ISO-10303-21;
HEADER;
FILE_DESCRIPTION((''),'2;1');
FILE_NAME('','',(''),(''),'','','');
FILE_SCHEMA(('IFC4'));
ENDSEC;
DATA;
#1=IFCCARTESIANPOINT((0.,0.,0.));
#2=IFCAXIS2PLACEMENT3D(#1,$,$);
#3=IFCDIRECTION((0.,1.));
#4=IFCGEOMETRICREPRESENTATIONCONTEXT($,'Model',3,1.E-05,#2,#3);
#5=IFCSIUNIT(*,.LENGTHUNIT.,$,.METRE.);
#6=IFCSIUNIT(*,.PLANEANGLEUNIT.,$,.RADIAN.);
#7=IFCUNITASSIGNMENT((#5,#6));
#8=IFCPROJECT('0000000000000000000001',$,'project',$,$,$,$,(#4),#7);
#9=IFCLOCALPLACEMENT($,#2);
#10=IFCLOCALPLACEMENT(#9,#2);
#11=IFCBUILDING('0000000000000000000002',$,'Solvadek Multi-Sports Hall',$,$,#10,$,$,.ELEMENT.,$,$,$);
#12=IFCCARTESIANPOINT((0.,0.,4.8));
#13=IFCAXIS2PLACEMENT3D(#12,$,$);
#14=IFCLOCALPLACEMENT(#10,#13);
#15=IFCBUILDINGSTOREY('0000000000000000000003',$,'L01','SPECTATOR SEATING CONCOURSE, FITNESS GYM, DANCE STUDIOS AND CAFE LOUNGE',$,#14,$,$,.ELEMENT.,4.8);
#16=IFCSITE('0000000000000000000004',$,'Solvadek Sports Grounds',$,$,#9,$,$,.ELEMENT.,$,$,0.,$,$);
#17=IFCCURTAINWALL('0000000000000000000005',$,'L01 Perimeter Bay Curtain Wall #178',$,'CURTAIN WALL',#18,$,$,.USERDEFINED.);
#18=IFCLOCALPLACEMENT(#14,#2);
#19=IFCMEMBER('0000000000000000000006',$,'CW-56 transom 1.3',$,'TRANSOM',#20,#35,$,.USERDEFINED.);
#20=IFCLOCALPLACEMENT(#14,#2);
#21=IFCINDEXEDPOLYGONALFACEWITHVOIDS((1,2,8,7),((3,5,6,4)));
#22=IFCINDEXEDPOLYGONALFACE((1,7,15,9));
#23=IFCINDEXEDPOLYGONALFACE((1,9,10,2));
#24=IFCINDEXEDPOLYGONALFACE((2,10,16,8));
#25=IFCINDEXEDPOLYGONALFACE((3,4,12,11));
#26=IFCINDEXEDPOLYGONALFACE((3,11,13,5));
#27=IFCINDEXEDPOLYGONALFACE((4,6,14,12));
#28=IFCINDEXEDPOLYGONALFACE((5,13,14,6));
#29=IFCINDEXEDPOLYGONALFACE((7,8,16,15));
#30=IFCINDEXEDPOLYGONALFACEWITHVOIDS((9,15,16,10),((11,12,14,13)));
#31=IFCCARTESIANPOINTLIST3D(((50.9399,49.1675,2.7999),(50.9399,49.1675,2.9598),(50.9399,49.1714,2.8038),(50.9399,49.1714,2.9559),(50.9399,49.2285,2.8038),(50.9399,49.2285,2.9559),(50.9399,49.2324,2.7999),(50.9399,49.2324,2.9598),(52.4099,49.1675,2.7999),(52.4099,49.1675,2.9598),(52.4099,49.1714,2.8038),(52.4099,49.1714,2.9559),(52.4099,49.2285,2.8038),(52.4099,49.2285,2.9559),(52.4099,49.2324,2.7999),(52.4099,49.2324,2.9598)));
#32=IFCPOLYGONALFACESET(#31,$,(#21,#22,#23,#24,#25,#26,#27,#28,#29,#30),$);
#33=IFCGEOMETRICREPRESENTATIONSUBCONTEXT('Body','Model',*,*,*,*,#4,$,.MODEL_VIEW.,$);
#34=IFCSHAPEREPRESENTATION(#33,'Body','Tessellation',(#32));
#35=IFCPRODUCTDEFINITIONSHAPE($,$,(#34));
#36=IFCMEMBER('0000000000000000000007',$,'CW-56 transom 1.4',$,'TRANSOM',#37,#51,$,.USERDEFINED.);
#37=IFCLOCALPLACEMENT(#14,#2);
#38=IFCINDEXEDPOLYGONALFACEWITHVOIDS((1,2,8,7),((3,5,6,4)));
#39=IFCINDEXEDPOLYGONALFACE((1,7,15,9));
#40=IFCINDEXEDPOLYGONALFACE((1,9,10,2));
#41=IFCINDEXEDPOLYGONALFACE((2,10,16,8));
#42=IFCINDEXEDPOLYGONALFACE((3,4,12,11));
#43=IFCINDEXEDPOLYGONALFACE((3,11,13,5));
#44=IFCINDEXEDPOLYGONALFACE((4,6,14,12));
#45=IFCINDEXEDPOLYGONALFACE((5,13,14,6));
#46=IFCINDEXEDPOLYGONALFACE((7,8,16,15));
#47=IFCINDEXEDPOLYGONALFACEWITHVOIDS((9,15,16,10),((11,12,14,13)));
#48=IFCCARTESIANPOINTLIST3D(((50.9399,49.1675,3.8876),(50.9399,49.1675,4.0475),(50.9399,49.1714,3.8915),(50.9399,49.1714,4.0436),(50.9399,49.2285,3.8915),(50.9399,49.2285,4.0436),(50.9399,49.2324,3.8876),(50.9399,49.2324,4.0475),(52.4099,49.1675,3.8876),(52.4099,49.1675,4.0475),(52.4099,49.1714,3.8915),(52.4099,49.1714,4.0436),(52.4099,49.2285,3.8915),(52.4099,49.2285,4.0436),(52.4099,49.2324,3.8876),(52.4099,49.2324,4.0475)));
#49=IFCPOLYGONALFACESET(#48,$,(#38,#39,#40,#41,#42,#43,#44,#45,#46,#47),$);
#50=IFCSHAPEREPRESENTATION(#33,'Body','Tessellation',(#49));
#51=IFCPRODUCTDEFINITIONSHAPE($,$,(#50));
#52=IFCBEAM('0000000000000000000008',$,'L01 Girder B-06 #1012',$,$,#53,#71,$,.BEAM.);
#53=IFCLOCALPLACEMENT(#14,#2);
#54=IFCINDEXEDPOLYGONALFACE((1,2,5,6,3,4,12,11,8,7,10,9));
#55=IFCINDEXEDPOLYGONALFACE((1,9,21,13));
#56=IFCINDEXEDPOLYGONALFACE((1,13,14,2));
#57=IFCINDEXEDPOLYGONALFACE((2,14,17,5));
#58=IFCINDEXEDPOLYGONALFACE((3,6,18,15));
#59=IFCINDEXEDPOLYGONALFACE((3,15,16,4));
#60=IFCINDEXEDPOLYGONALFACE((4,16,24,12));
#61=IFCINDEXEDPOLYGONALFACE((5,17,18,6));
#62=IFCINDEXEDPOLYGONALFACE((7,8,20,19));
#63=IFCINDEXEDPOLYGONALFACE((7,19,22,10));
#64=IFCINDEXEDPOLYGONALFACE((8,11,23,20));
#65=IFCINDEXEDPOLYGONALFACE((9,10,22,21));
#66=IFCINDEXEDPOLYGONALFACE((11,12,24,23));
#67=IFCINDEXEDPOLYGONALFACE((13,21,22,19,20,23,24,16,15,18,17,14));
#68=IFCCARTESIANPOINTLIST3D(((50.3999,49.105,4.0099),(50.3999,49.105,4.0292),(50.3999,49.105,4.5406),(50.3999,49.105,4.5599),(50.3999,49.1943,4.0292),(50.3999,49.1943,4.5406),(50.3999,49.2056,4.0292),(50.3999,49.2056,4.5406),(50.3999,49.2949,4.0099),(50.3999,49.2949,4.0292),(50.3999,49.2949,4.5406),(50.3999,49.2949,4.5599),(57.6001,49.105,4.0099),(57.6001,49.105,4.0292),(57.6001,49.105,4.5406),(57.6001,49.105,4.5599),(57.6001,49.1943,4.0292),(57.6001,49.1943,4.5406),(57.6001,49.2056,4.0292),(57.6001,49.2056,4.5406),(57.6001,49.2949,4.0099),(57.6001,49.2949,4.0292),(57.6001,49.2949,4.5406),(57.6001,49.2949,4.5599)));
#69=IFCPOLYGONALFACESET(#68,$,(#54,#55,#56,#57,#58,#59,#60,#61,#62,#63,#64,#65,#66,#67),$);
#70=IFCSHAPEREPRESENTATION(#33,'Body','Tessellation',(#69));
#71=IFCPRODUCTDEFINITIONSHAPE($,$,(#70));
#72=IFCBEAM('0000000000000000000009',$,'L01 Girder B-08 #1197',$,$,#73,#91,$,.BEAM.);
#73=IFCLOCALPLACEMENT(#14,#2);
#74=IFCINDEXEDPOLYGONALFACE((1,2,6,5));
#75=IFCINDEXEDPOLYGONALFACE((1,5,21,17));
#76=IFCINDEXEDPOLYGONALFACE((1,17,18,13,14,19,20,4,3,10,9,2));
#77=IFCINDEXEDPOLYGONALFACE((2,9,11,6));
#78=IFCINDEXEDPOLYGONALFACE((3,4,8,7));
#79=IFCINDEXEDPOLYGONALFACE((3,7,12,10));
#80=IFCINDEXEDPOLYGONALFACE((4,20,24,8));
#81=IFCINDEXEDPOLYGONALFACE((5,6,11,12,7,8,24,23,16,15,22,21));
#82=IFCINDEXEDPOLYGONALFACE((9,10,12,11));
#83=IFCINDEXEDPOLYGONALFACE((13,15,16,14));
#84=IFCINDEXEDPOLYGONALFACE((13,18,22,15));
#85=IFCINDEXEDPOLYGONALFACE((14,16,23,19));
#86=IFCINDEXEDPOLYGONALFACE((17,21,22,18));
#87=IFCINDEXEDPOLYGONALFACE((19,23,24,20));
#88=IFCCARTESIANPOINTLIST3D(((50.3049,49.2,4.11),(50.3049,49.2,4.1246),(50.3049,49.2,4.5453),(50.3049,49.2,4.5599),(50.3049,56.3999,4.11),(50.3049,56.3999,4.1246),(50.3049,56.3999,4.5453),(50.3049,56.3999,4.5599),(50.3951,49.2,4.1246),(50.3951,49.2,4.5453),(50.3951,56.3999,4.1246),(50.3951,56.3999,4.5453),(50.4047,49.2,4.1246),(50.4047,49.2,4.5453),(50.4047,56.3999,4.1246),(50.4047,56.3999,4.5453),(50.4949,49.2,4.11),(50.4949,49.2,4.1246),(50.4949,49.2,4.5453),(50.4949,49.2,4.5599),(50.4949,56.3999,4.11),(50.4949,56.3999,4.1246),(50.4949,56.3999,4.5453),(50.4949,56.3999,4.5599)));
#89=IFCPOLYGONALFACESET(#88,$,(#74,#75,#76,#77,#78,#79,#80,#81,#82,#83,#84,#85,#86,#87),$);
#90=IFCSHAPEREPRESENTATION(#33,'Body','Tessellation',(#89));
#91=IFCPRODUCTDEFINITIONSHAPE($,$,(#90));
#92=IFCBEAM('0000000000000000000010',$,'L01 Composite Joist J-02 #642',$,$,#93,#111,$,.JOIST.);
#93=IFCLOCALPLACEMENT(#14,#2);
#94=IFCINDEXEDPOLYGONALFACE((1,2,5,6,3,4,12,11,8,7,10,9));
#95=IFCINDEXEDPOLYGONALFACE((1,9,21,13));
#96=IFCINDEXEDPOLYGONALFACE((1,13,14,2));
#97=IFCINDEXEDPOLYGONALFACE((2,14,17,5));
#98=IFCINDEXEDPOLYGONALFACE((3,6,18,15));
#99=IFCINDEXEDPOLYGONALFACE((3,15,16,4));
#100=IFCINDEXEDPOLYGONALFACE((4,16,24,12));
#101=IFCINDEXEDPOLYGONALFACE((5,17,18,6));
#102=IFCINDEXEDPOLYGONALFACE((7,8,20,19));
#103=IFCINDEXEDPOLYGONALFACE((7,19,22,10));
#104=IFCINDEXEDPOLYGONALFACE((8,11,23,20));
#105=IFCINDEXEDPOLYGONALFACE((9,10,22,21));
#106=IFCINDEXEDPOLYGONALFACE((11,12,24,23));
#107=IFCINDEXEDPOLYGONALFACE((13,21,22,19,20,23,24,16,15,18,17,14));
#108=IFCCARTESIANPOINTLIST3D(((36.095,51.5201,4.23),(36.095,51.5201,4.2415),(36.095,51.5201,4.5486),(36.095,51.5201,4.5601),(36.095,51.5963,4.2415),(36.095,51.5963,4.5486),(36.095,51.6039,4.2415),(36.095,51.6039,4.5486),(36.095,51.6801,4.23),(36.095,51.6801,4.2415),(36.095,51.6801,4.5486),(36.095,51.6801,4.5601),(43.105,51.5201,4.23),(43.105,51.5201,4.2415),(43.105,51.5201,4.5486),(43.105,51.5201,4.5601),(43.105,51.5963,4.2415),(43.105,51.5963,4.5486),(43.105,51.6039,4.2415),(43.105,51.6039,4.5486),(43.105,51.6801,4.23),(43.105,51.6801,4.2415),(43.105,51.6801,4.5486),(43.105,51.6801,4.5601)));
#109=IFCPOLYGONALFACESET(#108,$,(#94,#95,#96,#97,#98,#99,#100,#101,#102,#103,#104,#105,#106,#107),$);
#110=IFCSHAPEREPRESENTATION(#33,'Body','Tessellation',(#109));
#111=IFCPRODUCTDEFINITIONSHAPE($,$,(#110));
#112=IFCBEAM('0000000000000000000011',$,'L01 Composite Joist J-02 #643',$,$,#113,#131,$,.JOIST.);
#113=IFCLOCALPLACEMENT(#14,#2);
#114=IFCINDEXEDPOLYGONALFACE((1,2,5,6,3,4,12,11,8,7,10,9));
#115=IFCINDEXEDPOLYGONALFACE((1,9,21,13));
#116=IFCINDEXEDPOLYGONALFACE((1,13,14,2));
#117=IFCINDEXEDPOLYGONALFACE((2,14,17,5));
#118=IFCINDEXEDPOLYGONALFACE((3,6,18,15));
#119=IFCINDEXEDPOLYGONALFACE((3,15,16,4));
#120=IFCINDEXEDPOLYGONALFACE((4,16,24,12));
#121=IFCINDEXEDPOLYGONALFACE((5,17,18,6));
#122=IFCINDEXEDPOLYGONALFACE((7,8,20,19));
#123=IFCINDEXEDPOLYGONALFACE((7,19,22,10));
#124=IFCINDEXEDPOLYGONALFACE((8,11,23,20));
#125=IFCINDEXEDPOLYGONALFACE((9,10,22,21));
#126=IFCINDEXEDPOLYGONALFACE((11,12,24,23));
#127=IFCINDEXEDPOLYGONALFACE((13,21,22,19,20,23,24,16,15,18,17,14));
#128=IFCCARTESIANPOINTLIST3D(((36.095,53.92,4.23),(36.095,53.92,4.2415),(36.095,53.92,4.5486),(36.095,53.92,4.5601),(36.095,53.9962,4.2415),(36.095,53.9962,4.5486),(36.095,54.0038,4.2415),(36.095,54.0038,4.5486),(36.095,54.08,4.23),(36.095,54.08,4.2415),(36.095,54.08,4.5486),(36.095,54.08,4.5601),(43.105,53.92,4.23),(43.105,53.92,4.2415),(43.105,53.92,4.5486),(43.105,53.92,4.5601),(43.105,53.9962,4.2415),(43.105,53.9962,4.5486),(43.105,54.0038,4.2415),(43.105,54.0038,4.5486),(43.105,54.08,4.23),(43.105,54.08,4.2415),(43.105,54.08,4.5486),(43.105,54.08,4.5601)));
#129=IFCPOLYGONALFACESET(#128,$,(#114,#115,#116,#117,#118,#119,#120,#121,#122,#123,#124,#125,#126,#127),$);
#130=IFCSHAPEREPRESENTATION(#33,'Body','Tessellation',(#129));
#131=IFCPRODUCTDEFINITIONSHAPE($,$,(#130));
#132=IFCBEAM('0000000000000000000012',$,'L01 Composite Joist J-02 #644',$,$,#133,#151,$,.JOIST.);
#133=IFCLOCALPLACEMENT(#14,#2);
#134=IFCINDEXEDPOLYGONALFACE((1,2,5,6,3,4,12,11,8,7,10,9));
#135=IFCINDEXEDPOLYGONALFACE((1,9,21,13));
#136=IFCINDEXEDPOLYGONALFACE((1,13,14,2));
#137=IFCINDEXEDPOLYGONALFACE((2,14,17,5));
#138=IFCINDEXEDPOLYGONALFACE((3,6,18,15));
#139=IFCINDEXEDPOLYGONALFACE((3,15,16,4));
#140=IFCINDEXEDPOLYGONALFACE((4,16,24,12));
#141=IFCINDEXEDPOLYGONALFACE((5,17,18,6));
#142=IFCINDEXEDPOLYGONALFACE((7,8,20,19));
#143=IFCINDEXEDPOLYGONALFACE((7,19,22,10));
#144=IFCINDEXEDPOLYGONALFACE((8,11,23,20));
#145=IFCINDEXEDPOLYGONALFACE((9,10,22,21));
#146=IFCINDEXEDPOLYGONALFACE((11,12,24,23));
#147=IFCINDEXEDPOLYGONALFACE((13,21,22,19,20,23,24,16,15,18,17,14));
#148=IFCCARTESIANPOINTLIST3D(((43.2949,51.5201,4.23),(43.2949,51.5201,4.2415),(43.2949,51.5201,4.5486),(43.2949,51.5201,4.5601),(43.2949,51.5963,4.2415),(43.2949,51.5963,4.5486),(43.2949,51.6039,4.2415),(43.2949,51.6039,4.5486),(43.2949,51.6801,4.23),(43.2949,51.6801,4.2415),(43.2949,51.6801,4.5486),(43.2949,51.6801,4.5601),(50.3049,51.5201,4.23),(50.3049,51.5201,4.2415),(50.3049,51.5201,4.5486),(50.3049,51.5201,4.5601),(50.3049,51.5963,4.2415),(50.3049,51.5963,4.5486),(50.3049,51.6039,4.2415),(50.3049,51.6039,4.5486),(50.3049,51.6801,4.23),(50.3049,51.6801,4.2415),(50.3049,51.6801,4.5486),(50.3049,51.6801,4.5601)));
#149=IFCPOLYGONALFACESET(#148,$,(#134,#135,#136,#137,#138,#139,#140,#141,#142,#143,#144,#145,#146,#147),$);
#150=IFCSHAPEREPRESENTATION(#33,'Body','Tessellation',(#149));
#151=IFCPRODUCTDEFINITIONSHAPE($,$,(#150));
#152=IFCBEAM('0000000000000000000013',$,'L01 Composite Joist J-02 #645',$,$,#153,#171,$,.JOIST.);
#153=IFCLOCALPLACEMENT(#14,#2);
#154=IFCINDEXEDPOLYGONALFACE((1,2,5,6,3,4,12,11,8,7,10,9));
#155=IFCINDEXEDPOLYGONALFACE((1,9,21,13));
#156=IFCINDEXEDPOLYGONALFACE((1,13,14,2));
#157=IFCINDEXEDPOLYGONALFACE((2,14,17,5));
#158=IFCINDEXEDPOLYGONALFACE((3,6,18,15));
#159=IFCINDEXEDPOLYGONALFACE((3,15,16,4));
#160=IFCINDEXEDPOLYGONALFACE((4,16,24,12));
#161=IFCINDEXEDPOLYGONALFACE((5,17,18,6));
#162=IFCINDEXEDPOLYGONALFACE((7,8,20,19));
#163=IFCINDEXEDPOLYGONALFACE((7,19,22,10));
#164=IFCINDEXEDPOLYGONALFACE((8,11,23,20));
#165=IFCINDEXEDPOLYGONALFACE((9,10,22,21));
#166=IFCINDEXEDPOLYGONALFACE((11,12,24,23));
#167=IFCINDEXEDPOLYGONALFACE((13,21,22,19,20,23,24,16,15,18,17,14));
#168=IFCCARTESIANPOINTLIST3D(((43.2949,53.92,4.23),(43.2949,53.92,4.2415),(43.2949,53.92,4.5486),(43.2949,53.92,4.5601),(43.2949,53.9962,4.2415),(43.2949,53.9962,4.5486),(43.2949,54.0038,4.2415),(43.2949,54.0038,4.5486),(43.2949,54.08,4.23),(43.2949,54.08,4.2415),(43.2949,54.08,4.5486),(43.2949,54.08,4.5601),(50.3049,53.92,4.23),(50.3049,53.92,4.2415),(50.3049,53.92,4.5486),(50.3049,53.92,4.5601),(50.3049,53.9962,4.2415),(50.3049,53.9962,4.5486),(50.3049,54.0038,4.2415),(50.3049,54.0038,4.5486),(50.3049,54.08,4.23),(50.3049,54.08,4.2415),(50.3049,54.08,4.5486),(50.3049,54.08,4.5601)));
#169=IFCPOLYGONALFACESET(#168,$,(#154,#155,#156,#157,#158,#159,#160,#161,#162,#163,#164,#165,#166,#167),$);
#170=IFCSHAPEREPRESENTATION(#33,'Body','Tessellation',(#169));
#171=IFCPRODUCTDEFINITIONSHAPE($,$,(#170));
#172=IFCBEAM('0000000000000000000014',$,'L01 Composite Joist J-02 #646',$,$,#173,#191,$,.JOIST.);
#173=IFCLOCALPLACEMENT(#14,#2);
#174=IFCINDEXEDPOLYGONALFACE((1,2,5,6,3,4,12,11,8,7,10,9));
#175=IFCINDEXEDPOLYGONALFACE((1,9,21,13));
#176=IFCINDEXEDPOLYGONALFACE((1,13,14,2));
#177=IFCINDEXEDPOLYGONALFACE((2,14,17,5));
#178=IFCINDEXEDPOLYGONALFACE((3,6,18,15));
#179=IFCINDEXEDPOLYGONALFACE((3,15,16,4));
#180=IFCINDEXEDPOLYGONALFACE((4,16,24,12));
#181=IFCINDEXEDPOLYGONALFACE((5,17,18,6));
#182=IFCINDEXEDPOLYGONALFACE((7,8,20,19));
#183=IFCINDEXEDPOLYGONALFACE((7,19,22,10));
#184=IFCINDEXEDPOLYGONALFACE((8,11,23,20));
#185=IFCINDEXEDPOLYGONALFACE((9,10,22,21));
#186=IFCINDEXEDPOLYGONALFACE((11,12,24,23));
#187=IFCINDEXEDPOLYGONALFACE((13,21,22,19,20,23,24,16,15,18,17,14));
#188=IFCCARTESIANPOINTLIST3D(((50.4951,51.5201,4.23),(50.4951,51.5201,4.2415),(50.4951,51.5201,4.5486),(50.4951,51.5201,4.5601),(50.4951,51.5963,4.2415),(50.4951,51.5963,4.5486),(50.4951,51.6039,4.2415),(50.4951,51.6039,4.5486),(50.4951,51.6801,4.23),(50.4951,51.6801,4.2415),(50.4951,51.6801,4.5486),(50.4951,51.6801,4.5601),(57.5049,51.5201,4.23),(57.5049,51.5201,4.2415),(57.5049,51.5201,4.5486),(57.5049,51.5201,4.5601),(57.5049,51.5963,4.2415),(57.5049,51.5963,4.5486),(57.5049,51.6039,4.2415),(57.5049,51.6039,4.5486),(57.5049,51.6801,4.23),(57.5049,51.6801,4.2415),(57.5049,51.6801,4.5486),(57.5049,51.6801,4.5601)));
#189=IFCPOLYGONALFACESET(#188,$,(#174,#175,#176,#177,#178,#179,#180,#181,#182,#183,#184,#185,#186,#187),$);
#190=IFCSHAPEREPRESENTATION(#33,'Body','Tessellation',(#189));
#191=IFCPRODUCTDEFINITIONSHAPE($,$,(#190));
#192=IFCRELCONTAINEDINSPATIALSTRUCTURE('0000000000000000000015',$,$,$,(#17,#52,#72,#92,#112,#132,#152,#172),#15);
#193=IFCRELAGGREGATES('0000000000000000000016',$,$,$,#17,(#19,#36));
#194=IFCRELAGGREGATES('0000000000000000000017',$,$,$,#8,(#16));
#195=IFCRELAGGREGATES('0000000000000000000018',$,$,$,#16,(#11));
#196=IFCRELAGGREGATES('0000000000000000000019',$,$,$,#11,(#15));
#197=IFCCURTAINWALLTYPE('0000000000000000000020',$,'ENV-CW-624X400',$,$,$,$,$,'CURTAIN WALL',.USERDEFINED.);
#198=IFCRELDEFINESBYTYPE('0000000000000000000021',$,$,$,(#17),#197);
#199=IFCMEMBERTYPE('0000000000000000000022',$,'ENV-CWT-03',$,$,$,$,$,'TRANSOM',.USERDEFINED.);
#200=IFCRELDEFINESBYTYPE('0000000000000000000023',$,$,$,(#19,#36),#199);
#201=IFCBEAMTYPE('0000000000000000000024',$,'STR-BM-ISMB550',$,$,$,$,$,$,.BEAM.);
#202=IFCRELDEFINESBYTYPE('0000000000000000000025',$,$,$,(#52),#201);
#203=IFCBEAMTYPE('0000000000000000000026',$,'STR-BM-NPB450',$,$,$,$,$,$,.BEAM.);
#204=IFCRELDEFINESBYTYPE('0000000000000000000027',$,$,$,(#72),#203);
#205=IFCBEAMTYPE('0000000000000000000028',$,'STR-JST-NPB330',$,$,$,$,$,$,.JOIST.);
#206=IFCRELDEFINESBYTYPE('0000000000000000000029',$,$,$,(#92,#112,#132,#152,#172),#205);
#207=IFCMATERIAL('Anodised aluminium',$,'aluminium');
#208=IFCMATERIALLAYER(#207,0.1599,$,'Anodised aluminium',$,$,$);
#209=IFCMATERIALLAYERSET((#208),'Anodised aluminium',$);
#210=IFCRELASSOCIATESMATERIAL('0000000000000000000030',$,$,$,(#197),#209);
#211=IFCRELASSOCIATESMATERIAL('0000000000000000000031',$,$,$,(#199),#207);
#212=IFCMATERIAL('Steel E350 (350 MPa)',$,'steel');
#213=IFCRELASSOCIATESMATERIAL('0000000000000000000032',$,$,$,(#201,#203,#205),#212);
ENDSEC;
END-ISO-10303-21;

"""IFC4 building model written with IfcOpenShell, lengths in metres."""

from ifc_helpers import new_model, si_unit, direction, frame, origin, origin_2d, place, context, subcontext, project, spatial, hollow_rectangle, i_section, extrude, material, layer, layer_set, material_profile, profile_set, type_object, element, aggregate, save


model = new_model("IFC4")

# Units and contexts
model_context = context("Model", 3, precision=1e-05, world=origin(), true_north=direction((0.0, 1.0)))
body_context = subcontext(model_context, "Body", "Model", "MODEL_VIEW")
ifc_project = project(units=[si_unit("LENGTHUNIT", "METRE"), si_unit("PLANEANGLEUNIT", "RADIAN")], contexts=[model_context])

# Site, building, storey
site_placement = place(None, origin())
site = spatial("IfcSite", under=ifc_project, at=site_placement, Name="Solvadek Sports Grounds", CompositionType="ELEMENT", RefElevation=0.0)
building_placement = place(site_placement, origin())
building = spatial("IfcBuilding", under=site, at=building_placement, Name="Solvadek Multi-Sports Hall", CompositionType="ELEMENT")
storey_placement = place(building_placement, frame((0.0, 0.0, 4.8)))
storey = spatial("IfcBuildingStorey", under=building, at=storey_placement, Name="L01", Description="SPECTATOR SEATING CONCOURSE, FITNESS GYM, DANCE STUDIOS AND CAFE LOUNGE", CompositionType="ELEMENT", Elevation=4.8)

# Shared definitions
ifc_material_1 = material(Name="Steel E350 (350 MPa)", Category="steel")

# Shared definitions
ifc_material_2 = material(Name="Anodised aluminium", Category="aluminium")

# Curtain wall
ifc_layer_1 = layer(ifc_material_2, 0.1599, Name="Anodised aluminium")
ifc_layer_set_1 = layer_set([ifc_layer_1], Name="Anodised aluminium")
curtain_wall_type_1 = type_object("IfcCurtainWallType", Name="ENV-CW-624X400", ElementType="CURTAIN WALL", PredefinedType="USERDEFINED", material=ifc_layer_set_1)
curtain_wall_1_placement = place(storey_placement, origin())
curtain_wall_1 = element("IfcCurtainWall", 1, at=curtain_wall_1_placement, inside=storey, type_object=curtain_wall_type_1, Name="L01 Perimeter Bay Curtain Wall #178", ObjectType="CURTAIN WALL", PredefinedType="USERDEFINED")

# Members
ifc_material_profile_1 = material_profile(ifc_material_2, hollow_rectangle(XDim=0.0649, YDim=0.1599, WallThickness=0.0039, at=origin_2d()), Name="ALU-T 160x65x4")
ifc_profile_set_1 = profile_set([ifc_material_profile_1], Name="Anodised aluminium")
member_type_1 = type_object("IfcMemberType", Name="ENV-CWT-03", ElementType="TRANSOM", PredefinedType="USERDEFINED", material=ifc_profile_set_1)
member_1_placement = place(storey_placement, frame((50.9399, 49.2, 2.8799), z_axis=(1.0, 0.0, 0.0), x_axis=(0.0, 1.0, 0.0)))
member_1 = element("IfcMember", 2, at=member_1_placement, type_object=member_type_1, Name="CW-56 transom 1.3", ObjectType="TRANSOM", PredefinedType="USERDEFINED", context=body_context, shape_type="SweptSolid", body=[
    extrude(hollow_rectangle(XDim=0.0649, YDim=0.1599, WallThickness=0.0039, at=origin_2d()), origin(), (0.0, 0.0, 1.0), 1.47),
])
member_2_placement = place(storey_placement, frame((50.9399, 49.2, 3.9675), z_axis=(1.0, 0.0, 0.0), x_axis=(0.0, 1.0, 0.0)))
member_2 = element("IfcMember", 3, at=member_2_placement, type_object=member_type_1, Name="CW-56 transom 1.4", ObjectType="TRANSOM", PredefinedType="USERDEFINED", context=body_context, shape_type="SweptSolid", body=[
    extrude(hollow_rectangle(XDim=0.0649, YDim=0.1599, WallThickness=0.0039, at=origin_2d()), origin(), (0.0, 0.0, 1.0), 1.47),
])

# Beams
ifc_material_profile_2 = material_profile(ifc_material_1, i_section(OverallWidth=0.1899, OverallDepth=0.55, WebThickness=0.0112, FlangeThickness=0.0193, at=origin_2d()), Name="ISMB 550")
ifc_profile_set_2 = profile_set([ifc_material_profile_2], Name="Steel E350 (350 MPa)")
beam_type_1 = type_object("IfcBeamType", Name="STR-BM-ISMB550", PredefinedType="BEAM", material=ifc_profile_set_2)
beam_1_placement = place(storey_placement, frame((50.3999, 49.2, 4.2849), z_axis=(1.0, 0.0, 0.0), x_axis=(0.0, 1.0, 0.0)))
element("IfcBeam", 4, at=beam_1_placement, inside=storey, type_object=beam_type_1, Name="L01 Girder B-06 #1012", PredefinedType="BEAM", context=body_context, shape_type="SweptSolid", body=[
    extrude(i_section(OverallWidth=0.1899, OverallDepth=0.55, WebThickness=0.0112, FlangeThickness=0.0193, at=origin_2d()), origin(), (0.0, 0.0, 1.0), 7.2002),
])
ifc_material_profile_3 = material_profile(ifc_material_1, i_section(OverallWidth=0.1899, OverallDepth=0.45, WebThickness=0.0095, FlangeThickness=0.0146, at=origin_2d()), Name="NPB 450")
ifc_profile_set_3 = profile_set([ifc_material_profile_3], Name="Steel E350 (350 MPa)")
beam_type_2 = type_object("IfcBeamType", Name="STR-BM-NPB450", PredefinedType="BEAM", material=ifc_profile_set_3)
beam_2_placement = place(storey_placement, frame((50.3999, 49.2, 4.335), z_axis=(0.0, 1.0, 0.0), x_axis=(-1.0, 0.0, 0.0)))
element("IfcBeam", 5, at=beam_2_placement, inside=storey, type_object=beam_type_2, Name="L01 Girder B-08 #1197", PredefinedType="BEAM", context=body_context, shape_type="SweptSolid", body=[
    extrude(i_section(OverallWidth=0.1899, OverallDepth=0.45, WebThickness=0.0095, FlangeThickness=0.0146, at=origin_2d()), origin(), (0.0, 0.0, 1.0), 7.2),
])
ifc_material_profile_4 = material_profile(ifc_material_1, i_section(OverallWidth=0.1599, OverallDepth=0.3301, WebThickness=0.0076, FlangeThickness=0.0115, at=origin_2d()), Name="NPB 330")
ifc_profile_set_4 = profile_set([ifc_material_profile_4], Name="Steel E350 (350 MPa)")
beam_type_3 = type_object("IfcBeamType", Name="STR-JST-NPB330", PredefinedType="JOIST", material=ifc_profile_set_4)
for number, where, z_axis, x_axis, name in (
    (6, (36.095, 51.6001, 4.395), (1.0, 0.0, 0.0), (0.0, 1.0, 0.0), "L01 Composite Joist J-02 #642"),
    (7, (36.095, 54.0, 4.395), (1.0, 0.0, 0.0), (0.0, 1.0, 0.0), "L01 Composite Joist J-02 #643"),
    (8, (43.2949, 51.6001, 4.395), (1.0, 0.0, 0.0), (0.0, 1.0, 0.0), "L01 Composite Joist J-02 #644"),
    (9, (43.2949, 54.0, 4.395), (1.0, 0.0, 0.0), (0.0, 1.0, 0.0), "L01 Composite Joist J-02 #645"),
):
    element("IfcBeam", number, at=place(storey_placement, frame(where, z_axis=z_axis, x_axis=x_axis)), inside=storey, type_object=beam_type_3, Name=name, PredefinedType="JOIST", context=body_context, shape_type="SweptSolid", body=[
        extrude(i_section(OverallWidth=0.1599, OverallDepth=0.3301, WebThickness=0.0076, FlangeThickness=0.0115, at=origin_2d()), origin(), (0.0, 0.0, 1.0), 7.01),
    ])
beam_3_placement = place(storey_placement, frame((50.4951, 51.6001, 4.395), z_axis=(1.0, 0.0, 0.0), x_axis=(0.0, 1.0, 0.0)))
element("IfcBeam", 10, at=beam_3_placement, inside=storey, type_object=beam_type_3, Name="L01 Composite Joist J-02 #646", PredefinedType="JOIST", context=body_context, shape_type="SweptSolid", body=[
    extrude(i_section(OverallWidth=0.1599, OverallDepth=0.3301, WebThickness=0.0076, FlangeThickness=0.0115, at=origin_2d()), origin(), (0.0, 0.0, 1.0), 7.0098),
])

aggregate(curtain_wall_1, [member_1, member_2])

save(model, "model.ifc")
